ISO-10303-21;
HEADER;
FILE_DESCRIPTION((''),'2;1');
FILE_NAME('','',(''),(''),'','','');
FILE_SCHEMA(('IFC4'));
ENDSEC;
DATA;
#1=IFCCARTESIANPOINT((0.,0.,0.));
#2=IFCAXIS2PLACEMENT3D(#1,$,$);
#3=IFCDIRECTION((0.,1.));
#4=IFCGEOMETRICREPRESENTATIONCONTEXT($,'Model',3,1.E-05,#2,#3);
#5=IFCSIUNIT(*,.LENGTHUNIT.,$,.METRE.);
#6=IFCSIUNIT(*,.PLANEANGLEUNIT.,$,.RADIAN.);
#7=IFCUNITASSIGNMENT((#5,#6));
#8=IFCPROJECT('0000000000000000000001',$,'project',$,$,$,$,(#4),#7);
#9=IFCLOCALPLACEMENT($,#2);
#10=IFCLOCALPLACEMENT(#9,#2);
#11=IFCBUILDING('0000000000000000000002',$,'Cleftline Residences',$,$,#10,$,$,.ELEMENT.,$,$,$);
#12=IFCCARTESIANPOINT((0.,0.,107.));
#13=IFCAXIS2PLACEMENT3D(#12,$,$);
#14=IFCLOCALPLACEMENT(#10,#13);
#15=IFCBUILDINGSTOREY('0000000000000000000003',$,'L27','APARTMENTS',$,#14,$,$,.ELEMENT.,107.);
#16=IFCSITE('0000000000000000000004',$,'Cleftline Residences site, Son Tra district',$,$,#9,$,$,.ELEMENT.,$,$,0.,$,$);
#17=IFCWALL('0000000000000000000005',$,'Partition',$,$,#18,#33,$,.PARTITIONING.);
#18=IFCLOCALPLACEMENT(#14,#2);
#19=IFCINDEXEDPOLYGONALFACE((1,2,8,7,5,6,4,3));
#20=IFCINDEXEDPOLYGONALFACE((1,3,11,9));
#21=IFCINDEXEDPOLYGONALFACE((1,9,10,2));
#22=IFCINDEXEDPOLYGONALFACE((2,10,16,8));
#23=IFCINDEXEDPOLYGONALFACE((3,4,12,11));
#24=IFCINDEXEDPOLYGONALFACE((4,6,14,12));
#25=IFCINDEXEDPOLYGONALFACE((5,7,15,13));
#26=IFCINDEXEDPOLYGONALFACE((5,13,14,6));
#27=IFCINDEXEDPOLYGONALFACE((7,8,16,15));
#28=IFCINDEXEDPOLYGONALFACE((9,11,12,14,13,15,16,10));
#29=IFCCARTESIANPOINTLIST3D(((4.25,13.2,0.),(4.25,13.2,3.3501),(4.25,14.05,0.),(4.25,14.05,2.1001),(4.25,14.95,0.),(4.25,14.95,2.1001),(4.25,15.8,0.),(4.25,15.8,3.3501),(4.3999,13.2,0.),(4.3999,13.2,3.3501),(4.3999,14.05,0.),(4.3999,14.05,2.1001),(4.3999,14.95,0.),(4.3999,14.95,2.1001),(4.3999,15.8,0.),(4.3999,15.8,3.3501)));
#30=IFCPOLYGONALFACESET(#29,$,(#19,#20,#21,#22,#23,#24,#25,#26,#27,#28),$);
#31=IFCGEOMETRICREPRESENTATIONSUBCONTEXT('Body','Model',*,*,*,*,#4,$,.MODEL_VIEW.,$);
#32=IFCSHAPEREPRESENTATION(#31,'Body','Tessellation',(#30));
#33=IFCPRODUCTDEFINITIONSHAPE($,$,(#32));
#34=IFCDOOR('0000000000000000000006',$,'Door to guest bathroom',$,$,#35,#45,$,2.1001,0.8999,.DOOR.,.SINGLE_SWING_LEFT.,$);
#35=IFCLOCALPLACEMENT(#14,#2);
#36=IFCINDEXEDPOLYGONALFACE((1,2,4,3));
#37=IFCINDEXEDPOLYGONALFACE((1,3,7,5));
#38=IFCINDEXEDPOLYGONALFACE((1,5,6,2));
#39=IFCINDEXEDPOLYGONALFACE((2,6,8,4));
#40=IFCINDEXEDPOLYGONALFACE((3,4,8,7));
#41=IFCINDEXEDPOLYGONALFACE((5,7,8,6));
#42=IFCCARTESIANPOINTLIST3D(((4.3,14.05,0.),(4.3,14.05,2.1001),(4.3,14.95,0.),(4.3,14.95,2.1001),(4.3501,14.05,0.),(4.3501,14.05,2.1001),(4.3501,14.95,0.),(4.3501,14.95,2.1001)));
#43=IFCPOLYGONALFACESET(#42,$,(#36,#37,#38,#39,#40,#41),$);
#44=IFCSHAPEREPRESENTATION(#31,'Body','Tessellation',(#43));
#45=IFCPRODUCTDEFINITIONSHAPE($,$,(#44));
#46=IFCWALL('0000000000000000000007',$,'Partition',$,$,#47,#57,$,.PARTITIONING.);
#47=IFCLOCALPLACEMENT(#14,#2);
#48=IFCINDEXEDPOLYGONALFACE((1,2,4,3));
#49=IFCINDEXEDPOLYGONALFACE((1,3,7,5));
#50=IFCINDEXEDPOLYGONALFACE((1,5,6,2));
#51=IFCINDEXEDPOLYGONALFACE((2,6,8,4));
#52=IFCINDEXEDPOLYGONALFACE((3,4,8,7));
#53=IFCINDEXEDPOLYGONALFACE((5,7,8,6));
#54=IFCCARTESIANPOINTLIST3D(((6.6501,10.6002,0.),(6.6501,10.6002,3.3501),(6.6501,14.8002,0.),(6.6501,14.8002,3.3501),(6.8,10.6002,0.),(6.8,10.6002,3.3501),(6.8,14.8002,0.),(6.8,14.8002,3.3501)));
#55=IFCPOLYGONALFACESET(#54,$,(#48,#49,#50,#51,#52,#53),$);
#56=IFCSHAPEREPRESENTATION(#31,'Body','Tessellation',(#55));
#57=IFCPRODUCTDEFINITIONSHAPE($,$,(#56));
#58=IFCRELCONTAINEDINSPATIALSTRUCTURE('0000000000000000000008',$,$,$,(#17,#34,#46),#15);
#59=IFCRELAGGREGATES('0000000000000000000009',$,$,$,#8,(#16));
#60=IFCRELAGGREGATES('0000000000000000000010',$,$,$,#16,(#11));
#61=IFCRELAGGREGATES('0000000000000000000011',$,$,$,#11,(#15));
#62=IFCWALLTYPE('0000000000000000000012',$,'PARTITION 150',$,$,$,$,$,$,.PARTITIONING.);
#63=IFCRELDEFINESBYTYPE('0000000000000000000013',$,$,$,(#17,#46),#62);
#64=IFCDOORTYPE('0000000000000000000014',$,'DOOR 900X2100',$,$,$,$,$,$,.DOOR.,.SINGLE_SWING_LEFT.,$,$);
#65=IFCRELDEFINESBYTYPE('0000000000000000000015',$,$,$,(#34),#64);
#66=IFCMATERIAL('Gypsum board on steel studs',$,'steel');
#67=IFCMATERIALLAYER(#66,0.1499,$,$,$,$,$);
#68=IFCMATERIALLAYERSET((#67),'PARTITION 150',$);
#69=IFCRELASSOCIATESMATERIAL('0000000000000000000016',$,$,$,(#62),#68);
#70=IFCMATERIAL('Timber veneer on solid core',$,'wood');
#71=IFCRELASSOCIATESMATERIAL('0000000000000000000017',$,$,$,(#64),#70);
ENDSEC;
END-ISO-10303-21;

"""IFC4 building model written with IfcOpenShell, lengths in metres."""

from ifc_helpers import new_model, si_unit, direction, frame, frame_2d, origin, place, context, subcontext, project, spatial, rectangle, extrude, material, layer, layer_set, type_object, element, fill, save


model = new_model("IFC4")

# Units and contexts
model_context = context("Model", 3, precision=1e-05, world=origin(), true_north=direction((0.0, 1.0)))
body_context = subcontext(model_context, "Body", "Model", "MODEL_VIEW")
ifc_project = project(units=[si_unit("LENGTHUNIT", "METRE"), si_unit("PLANEANGLEUNIT", "RADIAN")], contexts=[model_context])

# Site, building, storey
site_placement = place(None, origin())
site = spatial("IfcSite", under=ifc_project, at=site_placement, Name="Cleftline Residences site, Son Tra district", CompositionType="ELEMENT", RefElevation=0.0)
building_placement = place(site_placement, origin())
building = spatial("IfcBuilding", under=site, at=building_placement, Name="Cleftline Residences", CompositionType="ELEMENT")
storey_placement = place(building_placement, frame((0.0, 0.0, 107.0)))
storey = spatial("IfcBuildingStorey", under=building, at=storey_placement, Name="L27", Description="APARTMENTS", CompositionType="ELEMENT", Elevation=107.0)

# Shared definitions
ifc_material_1 = material(Name="Gypsum board on steel studs", Category="steel")
ifc_layer = layer(ifc_material_1, 0.1499)
ifc_layer_set = layer_set([ifc_layer], Name="PARTITION 150")
wall_type = type_object("IfcWallType", Name="PARTITION 150", PredefinedType="PARTITIONING", material=ifc_layer_set)
ifc_material_2 = material(Name="Timber veneer on solid core", Category="wood")
door_type_1 = type_object("IfcDoorType", Name="DOOR 900X2100", OperationType="SINGLE_SWING_LEFT", PredefinedType="DOOR", material=ifc_material_2)

# Wall, opening, door
wall_1_placement = place(storey_placement, frame((4.325, 13.2, 0.0), z_axis=(0.0, 0.0, 1.0), x_axis=(0.0, 1.0, 0.0)))
wall_1 = element("IfcWall", 1, at=wall_1_placement, inside=storey, type_object=wall_type, Name="Partition", PredefinedType="PARTITIONING", context=body_context, shape_type="SweptSolid", body=[
    extrude(rectangle(XDim=2.6001, YDim=0.1499, at=frame_2d((1.3, 0.0))), origin(), (0.0, 0.0, 1.0), 3.3501),
])
opening_1_placement = place(wall_1_placement, frame((0.8501, 0.0, 0.0)))
opening_1 = element("IfcOpeningElement", 2, at=opening_1_placement, cuts=wall_1, PredefinedType="OPENING", context=body_context, shape_type="SweptSolid", body=[
    extrude(rectangle(XDim=0.8999, YDim=2.1001, at=frame_2d((0.45, 1.05))), frame((0.0, 0.085, 0.0), z_axis=(0.0, -1.0, 0.0), x_axis=(1.0, 0.0, 0.0)), (0.0, 0.0, 1.0), 0.1699),
])
door_1_placement = place(opening_1_placement, origin())
door_1 = element("IfcDoor", 3, at=door_1_placement, inside=storey, type_object=door_type_1, Name="Door to guest bathroom", OperationType="SINGLE_SWING_LEFT", OverallHeight=2.1001, OverallWidth=0.8999, PredefinedType="DOOR", context=body_context, shape_type="SweptSolid", body=[
    extrude(rectangle(XDim=0.8999, YDim=2.1001, at=frame_2d((0.45, 1.05))), frame((0.0, 0.0249, 0.0), z_axis=(0.0, -1.0, 0.0), x_axis=(1.0, 0.0, 0.0)), (0.0, 0.0, 1.0), 0.05),
])
fill(opening_1, door_1)

# Wall
wall_2_placement = place(storey_placement, frame((6.7251, 10.6001, 0.0), z_axis=(0.0, 0.0, 1.0), x_axis=(0.0, 1.0, 0.0)))
element("IfcWall", 4, at=wall_2_placement, inside=storey, type_object=wall_type, Name="Partition", PredefinedType="PARTITIONING", context=body_context, shape_type="SweptSolid", body=[
    extrude(rectangle(XDim=4.2, YDim=0.1499, at=frame_2d((2.1001, 0.0))), origin(), (0.0, 0.0, 1.0), 3.3501),
])

save(model, "model.ifc")
